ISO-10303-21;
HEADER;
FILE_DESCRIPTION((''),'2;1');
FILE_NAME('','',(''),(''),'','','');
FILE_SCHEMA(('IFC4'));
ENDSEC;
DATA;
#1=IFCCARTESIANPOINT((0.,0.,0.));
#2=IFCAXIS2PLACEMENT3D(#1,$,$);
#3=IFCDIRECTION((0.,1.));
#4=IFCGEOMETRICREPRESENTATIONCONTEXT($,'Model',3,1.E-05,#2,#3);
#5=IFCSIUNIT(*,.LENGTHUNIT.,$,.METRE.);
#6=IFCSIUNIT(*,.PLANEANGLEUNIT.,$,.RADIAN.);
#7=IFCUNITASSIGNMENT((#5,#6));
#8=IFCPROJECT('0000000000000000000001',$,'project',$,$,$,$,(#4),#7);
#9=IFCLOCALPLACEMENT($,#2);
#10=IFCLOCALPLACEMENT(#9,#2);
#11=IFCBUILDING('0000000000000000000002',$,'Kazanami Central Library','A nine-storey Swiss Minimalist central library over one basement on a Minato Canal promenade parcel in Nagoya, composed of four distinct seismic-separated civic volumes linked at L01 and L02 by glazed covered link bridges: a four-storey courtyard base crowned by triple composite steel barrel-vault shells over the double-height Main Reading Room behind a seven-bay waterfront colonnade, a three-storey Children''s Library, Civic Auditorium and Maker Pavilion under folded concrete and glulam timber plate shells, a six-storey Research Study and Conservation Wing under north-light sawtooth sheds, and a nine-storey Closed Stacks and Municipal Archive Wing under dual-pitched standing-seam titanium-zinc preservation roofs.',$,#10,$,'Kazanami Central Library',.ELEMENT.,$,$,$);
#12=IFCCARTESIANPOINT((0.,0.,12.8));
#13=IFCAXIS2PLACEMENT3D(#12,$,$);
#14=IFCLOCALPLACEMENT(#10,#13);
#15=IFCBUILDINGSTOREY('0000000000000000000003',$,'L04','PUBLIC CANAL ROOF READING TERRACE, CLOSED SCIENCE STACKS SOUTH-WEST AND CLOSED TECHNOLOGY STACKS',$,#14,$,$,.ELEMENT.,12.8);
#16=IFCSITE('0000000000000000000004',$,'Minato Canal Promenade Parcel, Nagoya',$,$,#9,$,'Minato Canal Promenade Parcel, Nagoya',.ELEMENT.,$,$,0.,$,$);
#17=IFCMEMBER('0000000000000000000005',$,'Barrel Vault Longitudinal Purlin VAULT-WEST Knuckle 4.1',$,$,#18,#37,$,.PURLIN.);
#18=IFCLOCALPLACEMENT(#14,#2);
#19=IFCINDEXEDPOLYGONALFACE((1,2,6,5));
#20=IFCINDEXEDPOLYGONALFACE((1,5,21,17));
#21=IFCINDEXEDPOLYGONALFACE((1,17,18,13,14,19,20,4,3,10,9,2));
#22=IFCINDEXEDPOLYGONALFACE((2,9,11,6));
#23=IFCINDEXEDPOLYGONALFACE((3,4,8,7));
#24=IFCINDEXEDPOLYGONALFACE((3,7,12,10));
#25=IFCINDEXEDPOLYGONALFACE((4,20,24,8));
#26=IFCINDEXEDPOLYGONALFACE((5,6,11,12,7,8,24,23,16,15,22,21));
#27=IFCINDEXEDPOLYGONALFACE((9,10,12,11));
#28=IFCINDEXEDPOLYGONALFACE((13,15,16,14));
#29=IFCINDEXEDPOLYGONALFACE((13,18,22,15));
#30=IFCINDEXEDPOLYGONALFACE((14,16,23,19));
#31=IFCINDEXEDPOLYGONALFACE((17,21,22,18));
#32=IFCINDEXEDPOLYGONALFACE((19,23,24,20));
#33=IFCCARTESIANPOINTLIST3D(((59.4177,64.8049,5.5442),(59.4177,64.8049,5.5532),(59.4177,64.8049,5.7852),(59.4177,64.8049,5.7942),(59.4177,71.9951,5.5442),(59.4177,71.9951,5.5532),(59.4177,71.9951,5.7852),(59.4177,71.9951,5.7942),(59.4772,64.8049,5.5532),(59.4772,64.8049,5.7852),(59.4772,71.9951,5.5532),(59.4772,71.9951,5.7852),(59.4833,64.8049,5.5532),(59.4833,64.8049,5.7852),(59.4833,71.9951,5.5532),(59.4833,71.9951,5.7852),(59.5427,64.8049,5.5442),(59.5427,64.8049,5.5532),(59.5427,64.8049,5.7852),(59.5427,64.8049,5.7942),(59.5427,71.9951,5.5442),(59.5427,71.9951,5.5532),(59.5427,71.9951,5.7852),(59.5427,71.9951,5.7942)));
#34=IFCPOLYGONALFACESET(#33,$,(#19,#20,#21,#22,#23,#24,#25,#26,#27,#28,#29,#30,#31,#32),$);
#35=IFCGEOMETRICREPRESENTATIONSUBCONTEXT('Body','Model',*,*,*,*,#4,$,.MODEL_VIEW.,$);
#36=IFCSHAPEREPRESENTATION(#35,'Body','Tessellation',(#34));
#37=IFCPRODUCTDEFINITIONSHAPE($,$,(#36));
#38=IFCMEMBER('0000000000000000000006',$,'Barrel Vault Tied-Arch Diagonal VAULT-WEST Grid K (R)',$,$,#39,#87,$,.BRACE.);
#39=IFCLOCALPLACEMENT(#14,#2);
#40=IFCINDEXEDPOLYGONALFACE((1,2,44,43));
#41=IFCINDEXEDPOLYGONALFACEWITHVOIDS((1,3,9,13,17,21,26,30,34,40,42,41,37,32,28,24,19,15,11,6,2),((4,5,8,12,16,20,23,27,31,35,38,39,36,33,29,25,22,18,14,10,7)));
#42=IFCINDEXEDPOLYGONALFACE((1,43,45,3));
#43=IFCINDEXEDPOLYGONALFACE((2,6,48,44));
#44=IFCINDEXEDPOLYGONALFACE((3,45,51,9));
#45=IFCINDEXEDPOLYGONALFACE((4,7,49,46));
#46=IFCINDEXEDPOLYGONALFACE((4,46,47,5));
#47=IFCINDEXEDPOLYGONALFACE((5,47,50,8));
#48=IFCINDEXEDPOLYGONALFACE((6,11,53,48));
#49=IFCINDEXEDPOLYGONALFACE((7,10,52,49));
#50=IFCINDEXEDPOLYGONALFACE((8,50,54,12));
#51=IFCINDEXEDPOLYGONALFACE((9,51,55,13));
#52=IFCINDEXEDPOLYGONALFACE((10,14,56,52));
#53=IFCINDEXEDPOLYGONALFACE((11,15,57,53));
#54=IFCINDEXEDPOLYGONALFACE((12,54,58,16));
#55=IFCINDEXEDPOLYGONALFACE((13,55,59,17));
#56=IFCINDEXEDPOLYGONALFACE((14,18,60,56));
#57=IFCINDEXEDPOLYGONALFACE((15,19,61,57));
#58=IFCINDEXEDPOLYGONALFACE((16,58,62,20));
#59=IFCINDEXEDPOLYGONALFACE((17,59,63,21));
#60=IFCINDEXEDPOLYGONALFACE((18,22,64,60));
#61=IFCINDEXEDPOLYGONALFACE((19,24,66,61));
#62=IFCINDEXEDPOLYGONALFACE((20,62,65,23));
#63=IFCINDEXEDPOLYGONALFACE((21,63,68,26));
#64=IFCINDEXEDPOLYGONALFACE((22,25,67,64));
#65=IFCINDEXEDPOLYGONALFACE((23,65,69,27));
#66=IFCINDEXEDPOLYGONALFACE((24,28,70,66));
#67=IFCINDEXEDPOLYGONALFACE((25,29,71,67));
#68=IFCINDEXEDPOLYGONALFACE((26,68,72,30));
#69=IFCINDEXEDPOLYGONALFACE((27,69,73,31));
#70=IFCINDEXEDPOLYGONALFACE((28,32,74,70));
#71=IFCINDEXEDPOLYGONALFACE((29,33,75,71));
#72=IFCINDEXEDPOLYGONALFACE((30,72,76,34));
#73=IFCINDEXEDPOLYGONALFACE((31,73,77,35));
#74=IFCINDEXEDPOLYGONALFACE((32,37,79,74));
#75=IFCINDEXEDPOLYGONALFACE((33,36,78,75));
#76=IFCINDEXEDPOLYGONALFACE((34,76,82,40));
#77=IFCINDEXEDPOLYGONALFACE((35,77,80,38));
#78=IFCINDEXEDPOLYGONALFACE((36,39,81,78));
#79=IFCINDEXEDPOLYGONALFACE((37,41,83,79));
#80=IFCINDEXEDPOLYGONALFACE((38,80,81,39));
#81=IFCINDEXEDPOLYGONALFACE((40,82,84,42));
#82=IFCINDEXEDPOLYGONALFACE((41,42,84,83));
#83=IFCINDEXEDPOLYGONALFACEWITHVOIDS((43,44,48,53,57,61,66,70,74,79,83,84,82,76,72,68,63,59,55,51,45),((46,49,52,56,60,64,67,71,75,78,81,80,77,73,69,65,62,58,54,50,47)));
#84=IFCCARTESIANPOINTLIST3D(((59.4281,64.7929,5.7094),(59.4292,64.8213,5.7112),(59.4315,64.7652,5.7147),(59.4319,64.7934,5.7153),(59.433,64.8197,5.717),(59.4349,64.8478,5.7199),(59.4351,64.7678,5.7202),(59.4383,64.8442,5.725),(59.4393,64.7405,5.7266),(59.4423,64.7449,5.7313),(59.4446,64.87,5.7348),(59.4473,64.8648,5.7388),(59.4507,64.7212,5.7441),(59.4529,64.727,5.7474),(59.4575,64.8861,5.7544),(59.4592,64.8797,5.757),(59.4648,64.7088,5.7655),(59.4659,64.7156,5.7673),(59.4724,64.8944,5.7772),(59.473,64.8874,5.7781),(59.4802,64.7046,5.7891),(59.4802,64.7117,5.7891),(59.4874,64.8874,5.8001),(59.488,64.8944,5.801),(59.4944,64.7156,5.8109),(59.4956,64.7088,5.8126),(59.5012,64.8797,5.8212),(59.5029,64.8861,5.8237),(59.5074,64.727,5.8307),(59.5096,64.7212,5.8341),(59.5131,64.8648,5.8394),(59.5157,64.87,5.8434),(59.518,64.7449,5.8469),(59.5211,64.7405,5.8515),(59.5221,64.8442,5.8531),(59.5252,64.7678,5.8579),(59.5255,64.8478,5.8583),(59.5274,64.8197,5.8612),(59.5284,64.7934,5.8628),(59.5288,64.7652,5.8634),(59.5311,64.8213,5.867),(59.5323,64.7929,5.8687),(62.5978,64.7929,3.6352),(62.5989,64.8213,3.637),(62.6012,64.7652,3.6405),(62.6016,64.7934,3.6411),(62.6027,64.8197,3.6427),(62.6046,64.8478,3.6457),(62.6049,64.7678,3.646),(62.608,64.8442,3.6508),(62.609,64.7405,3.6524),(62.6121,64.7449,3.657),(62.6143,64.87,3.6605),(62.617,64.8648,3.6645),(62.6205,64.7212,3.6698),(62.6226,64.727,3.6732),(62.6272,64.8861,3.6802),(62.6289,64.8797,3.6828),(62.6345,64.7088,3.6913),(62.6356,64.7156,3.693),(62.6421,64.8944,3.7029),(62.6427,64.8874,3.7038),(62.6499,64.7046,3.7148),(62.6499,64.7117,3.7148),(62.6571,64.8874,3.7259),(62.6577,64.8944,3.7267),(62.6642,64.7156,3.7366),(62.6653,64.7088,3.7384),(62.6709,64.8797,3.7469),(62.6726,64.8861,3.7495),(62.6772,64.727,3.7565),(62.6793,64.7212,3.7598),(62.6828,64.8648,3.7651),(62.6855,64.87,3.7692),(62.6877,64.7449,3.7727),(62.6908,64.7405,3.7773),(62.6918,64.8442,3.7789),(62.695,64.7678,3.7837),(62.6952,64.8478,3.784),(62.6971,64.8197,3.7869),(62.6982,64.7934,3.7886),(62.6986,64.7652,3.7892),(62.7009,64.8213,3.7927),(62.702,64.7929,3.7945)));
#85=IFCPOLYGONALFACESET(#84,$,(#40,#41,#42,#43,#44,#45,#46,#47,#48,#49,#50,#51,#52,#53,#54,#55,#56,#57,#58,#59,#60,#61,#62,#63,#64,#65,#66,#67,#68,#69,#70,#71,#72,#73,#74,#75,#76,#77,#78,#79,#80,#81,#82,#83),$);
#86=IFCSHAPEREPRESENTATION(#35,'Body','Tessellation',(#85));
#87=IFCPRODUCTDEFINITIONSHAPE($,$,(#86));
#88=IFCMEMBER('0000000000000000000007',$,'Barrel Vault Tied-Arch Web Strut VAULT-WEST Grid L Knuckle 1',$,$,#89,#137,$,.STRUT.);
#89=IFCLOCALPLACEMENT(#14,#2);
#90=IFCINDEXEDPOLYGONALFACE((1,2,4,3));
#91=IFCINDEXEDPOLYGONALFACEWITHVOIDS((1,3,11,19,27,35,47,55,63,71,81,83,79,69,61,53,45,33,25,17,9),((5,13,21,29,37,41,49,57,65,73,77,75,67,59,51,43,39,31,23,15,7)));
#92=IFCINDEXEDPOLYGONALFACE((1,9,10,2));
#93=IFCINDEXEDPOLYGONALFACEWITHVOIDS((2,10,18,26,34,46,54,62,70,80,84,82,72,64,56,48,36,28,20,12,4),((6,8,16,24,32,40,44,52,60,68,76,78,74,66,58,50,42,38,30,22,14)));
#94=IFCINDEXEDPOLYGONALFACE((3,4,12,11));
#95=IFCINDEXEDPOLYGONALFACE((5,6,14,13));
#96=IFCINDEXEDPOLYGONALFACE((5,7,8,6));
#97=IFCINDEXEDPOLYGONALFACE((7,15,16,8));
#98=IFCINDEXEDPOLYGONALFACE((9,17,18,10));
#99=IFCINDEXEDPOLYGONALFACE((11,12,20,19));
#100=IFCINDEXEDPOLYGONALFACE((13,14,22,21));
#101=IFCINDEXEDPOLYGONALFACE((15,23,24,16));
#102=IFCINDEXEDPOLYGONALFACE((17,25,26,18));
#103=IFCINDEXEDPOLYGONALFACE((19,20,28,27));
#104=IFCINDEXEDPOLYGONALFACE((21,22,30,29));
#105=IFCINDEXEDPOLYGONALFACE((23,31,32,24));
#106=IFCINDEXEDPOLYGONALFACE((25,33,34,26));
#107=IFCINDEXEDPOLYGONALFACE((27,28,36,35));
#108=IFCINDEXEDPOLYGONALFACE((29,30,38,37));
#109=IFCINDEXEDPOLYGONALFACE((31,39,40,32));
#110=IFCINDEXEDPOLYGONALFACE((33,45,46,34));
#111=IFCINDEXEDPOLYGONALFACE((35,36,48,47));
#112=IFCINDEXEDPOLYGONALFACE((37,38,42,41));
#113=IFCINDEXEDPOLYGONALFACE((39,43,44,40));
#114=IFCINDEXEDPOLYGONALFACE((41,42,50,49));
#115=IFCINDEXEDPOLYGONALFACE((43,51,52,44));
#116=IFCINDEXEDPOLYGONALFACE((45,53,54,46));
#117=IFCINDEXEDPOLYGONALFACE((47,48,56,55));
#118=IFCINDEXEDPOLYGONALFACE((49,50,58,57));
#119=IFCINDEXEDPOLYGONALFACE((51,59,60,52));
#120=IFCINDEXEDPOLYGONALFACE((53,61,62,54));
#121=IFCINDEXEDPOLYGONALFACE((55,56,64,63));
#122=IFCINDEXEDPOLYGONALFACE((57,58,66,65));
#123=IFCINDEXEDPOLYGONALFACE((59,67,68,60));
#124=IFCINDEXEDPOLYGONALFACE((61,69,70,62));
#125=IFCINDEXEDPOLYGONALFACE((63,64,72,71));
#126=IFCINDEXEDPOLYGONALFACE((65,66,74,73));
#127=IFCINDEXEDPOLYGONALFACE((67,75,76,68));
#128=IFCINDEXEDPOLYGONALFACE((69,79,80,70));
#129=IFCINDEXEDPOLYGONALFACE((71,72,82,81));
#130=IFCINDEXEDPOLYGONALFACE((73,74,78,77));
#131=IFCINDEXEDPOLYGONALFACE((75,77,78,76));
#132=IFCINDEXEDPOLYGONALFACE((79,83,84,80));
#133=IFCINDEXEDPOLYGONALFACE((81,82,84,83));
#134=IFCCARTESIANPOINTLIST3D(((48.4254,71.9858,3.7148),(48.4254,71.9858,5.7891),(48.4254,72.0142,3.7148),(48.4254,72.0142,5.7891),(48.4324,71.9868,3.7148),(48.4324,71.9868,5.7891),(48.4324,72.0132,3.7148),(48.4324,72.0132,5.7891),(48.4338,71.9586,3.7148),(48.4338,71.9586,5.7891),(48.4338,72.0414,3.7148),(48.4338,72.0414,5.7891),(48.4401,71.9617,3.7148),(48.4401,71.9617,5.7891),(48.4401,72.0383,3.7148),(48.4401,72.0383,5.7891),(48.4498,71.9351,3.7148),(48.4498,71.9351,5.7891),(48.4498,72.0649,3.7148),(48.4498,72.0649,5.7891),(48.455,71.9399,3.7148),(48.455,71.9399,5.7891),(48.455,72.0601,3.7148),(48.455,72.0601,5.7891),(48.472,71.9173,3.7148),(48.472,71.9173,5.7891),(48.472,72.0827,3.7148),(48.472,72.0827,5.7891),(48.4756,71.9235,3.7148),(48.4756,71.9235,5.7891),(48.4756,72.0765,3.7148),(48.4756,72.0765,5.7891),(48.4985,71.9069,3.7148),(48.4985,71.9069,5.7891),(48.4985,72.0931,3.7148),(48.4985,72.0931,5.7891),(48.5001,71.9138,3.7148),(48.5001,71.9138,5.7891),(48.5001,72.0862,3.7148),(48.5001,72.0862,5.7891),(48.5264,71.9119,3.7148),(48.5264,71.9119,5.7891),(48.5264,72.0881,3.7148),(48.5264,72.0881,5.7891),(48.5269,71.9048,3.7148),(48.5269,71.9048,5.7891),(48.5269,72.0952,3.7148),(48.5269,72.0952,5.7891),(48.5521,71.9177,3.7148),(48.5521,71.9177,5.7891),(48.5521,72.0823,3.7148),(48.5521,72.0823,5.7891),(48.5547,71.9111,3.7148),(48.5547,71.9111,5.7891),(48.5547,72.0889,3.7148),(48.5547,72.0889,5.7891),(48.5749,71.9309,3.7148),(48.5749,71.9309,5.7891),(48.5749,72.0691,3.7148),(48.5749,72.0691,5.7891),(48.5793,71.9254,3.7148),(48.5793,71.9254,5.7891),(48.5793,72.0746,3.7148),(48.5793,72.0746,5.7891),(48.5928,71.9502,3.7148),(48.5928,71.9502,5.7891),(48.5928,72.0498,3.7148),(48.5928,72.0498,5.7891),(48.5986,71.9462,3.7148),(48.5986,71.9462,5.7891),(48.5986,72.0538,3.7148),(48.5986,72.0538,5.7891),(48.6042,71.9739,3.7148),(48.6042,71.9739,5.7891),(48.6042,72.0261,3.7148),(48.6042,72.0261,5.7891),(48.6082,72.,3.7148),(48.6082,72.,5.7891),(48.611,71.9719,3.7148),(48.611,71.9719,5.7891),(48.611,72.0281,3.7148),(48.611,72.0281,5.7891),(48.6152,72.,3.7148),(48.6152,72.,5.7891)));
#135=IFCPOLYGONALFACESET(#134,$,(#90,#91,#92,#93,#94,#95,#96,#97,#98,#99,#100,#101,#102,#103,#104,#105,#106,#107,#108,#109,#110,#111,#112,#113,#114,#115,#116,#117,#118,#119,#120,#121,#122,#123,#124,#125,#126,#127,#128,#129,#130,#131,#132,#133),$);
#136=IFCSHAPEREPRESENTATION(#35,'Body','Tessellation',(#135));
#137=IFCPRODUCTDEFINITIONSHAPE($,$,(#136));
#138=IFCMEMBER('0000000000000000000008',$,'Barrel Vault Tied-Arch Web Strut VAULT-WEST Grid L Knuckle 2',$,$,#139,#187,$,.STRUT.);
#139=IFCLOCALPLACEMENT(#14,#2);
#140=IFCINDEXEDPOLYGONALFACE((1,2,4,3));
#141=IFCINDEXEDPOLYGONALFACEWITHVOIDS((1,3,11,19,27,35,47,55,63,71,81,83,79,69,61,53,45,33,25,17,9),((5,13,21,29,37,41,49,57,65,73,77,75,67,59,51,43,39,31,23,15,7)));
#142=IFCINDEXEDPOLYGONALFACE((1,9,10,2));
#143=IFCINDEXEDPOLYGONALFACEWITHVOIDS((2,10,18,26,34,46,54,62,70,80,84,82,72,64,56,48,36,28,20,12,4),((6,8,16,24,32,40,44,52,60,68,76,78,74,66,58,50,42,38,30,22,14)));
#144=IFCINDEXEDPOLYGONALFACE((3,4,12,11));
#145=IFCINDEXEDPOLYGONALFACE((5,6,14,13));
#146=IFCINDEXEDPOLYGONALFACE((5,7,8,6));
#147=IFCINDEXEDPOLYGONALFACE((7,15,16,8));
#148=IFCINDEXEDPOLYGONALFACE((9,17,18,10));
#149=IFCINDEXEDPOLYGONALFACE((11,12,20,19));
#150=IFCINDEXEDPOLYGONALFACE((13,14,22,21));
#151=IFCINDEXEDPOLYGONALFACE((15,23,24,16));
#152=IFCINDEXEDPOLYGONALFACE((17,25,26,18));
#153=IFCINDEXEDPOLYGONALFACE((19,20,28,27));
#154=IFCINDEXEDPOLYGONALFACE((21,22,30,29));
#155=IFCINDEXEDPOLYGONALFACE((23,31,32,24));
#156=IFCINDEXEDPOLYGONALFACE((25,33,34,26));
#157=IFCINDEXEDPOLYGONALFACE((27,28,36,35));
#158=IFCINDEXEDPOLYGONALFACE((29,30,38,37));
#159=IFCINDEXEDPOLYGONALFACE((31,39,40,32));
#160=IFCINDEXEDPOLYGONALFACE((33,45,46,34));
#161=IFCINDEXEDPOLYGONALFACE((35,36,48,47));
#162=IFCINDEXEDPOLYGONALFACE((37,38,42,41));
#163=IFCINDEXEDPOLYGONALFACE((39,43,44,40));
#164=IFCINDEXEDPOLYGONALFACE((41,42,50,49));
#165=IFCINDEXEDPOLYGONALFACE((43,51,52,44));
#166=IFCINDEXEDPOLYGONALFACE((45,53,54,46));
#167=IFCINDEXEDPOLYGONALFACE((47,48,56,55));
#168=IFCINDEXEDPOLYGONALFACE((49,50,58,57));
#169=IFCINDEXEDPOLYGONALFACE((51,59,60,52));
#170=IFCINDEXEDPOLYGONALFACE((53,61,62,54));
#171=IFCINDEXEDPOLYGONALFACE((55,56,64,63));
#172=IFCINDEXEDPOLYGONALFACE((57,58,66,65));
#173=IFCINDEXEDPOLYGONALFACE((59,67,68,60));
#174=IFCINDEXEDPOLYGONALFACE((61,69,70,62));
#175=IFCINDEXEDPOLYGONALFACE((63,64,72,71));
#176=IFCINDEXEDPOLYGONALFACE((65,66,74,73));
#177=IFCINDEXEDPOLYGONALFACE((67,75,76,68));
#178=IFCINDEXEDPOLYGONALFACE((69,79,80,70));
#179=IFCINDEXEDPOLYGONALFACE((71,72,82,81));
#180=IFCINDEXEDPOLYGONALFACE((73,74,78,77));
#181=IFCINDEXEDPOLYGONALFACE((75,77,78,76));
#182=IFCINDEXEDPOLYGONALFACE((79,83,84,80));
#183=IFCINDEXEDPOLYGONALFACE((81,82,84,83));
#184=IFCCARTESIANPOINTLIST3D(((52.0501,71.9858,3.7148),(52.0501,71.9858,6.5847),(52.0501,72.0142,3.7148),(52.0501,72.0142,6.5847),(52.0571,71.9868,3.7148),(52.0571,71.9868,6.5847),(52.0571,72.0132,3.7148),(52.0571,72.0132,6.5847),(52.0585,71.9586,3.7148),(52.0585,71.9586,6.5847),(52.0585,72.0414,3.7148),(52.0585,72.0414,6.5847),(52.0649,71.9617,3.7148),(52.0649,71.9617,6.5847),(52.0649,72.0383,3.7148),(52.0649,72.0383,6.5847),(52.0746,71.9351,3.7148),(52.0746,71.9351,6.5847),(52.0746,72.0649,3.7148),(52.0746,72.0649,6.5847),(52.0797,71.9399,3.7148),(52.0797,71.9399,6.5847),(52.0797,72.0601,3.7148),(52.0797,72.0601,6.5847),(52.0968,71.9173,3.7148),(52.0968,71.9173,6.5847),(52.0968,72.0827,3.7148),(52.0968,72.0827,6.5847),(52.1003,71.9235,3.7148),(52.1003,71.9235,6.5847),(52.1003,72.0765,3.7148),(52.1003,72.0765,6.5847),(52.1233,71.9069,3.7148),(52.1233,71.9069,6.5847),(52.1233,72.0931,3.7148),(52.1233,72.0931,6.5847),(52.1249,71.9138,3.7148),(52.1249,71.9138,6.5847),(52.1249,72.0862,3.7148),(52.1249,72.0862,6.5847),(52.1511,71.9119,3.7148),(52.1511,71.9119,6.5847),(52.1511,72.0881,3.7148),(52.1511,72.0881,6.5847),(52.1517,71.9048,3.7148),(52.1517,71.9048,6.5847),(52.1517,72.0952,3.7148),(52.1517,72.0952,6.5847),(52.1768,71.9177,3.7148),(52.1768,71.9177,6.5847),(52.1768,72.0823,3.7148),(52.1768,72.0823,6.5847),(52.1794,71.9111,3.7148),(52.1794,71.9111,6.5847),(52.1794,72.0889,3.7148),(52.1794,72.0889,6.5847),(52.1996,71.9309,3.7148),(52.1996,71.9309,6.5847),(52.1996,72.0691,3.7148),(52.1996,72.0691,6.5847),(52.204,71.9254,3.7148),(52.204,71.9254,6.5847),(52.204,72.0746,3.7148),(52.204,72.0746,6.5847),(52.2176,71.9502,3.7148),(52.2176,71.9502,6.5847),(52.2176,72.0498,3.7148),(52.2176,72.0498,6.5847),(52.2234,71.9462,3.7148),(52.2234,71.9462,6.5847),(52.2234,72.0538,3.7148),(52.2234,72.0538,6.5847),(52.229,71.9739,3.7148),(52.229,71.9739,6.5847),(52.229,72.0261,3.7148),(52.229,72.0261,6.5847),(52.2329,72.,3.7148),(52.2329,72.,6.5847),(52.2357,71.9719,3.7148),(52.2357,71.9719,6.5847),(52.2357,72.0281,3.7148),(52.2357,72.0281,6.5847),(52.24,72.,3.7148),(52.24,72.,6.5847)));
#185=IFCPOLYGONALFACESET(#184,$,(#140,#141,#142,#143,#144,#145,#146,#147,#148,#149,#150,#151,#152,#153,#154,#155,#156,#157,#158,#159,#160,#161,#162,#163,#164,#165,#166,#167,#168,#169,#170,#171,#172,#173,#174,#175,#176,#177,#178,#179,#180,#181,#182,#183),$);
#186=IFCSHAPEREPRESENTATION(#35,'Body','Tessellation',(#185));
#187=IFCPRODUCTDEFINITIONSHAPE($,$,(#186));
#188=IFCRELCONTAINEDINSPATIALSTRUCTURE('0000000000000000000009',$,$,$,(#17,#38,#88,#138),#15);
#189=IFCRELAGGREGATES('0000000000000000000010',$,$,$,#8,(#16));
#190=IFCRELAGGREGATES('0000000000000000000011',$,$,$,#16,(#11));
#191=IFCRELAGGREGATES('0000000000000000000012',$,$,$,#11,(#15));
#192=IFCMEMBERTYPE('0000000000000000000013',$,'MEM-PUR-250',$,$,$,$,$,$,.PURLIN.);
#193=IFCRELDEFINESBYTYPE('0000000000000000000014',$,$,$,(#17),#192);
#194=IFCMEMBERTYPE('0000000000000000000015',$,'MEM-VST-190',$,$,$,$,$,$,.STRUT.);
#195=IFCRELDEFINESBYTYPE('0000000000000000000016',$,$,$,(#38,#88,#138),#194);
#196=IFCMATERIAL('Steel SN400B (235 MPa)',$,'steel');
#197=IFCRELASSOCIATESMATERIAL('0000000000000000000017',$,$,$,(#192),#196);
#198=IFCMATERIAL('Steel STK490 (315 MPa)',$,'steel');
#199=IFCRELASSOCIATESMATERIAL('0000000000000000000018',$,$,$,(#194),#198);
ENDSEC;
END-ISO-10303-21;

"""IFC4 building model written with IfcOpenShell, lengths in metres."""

from ifc_helpers import new_model, si_unit, direction, frame, origin, origin_2d, place, context, subcontext, project, spatial, hollow_circle, i_section, extrude, material, material_profile, profile_set, type_object, element, save


model = new_model("IFC4")

# Units and contexts
model_context = context("Model", 3, precision=1e-05, world=origin(), true_north=direction((0.0, 1.0)))
body_context = subcontext(model_context, "Body", "Model", "MODEL_VIEW")
ifc_project = project(units=[si_unit("LENGTHUNIT", "METRE"), si_unit("PLANEANGLEUNIT", "RADIAN")], contexts=[model_context])

# Site, building, storey
site_placement = place(None, origin())
site = spatial("IfcSite", under=ifc_project, at=site_placement, Name="Minato Canal Promenade Parcel, Nagoya", LongName="Minato Canal Promenade Parcel, Nagoya", CompositionType="ELEMENT", RefElevation=0.0)
building_placement = place(site_placement, origin())
building = spatial("IfcBuilding", under=site, at=building_placement, Name="Kazanami Central Library", Description="A nine-storey Swiss Minimalist central library over one basement on a Minato Canal promenade parcel in Nagoya, composed of four distinct seismic-separated civic volumes linked at L01 and L02 by glazed covered link bridges: a four-storey courtyard base crowned by triple composite steel barrel-vault shells over the double-height Main Reading Room behind a seven-bay waterfront colonnade, a three-storey Children's Library, Civic Auditorium and Maker Pavilion under folded concrete and glulam timber plate shells, a six-storey Research Study and Conservation Wing under north-light sawtooth sheds, and a nine-storey Closed Stacks and Municipal Archive Wing under dual-pitched standing-seam titanium-zinc preservation roofs.", LongName="Kazanami Central Library", CompositionType="ELEMENT")
storey_placement = place(building_placement, frame((0.0, 0.0, 12.8)))
storey = spatial("IfcBuildingStorey", under=building, at=storey_placement, Name="L04", Description="PUBLIC CANAL ROOF READING TERRACE, CLOSED SCIENCE STACKS SOUTH-WEST AND CLOSED TECHNOLOGY STACKS", CompositionType="ELEMENT", Elevation=12.8)

# Members
ifc_material_1 = material(Name="Steel SN400B (235 MPa)", Category="steel")
ifc_material_profile_1 = material_profile(ifc_material_1, i_section(OverallWidth=0.125, OverallDepth=0.25, WebThickness=0.0061, FlangeThickness=0.009, at=origin_2d()), Name="H-250x125x6x9")
ifc_profile_set_1 = profile_set([ifc_material_profile_1], Name="Steel SN400B (235 MPa)")
member_type_1 = type_object("IfcMemberType", Name="MEM-PUR-250", PredefinedType="PURLIN", material=ifc_profile_set_1)
for number, where, z_axis, x_axis, name in (
    (1, (59.4802, 64.8049, 5.6692), (0.0, 1.0, 0.0), (-1.0, 0.0, 0.0), "Barrel Vault Longitudinal Purlin VAULT-WEST Knuckle 4.1"),
):
    element("IfcMember", number, at=place(storey_placement, frame(where, z_axis=z_axis, x_axis=x_axis)), inside=storey, type_object=member_type_1, Name=name, PredefinedType="PURLIN", context=body_context, shape_type="SweptSolid", body=[
        extrude(i_section(OverallWidth=0.125, OverallDepth=0.25, WebThickness=0.0061, FlangeThickness=0.009, at=origin_2d()), origin(), (0.0, 0.0, 1.0), 7.1902),
    ])
ifc_material_2 = material(Name="Steel STK490 (315 MPa)", Category="steel")
ifc_material_profile_2 = material_profile(ifc_material_2, hollow_circle(Radius=0.0955, WallThickness=0.0071, at=origin_2d()), Name="CHS-190.7x7.0")
ifc_profile_set_2 = profile_set([ifc_material_profile_2], Name="Steel STK490 (315 MPa)")
member_type_2 = type_object("IfcMemberType", Name="MEM-VST-190", PredefinedType="STRUT", material=ifc_profile_set_2)
member_1_placement = place(storey_placement, frame((62.6499, 64.8, 3.7148), z_axis=(-0.83676, 0.0, 0.547571), x_axis=(0.0, -1.0, 0.0)))
element("IfcMember", 2, at=member_1_placement, inside=storey, type_object=member_type_2, Name="Barrel Vault Tied-Arch Diagonal VAULT-WEST Grid K (R)", PredefinedType="BRACE", context=body_context, shape_type="SweptSolid", body=[
    extrude(hollow_circle(Radius=0.0955, WallThickness=0.0071, at=origin_2d()), origin(), (0.0, 0.0, 1.0), 3.7881),
])
member_2_placement = place(storey_placement, frame((48.5198, 72.0, 3.7148), z_axis=(0.0, 0.0, 1.0), x_axis=(1.0, 0.0, 0.0)))
element("IfcMember", 3, at=member_2_placement, inside=storey, type_object=member_type_2, Name="Barrel Vault Tied-Arch Web Strut VAULT-WEST Grid L Knuckle 1", PredefinedType="STRUT", context=body_context, shape_type="SweptSolid", body=[
    extrude(hollow_circle(Radius=0.0955, WallThickness=0.0071, at=origin_2d()), origin(), (0.0, 0.0, 1.0), 2.0742),
])
for number, where, z_axis, x_axis, name in (
    (4, (52.1445, 72.0, 3.7148), (0.0, 0.0, 1.0), (1.0, 0.0, 0.0), "Barrel Vault Tied-Arch Web Strut VAULT-WEST Grid L Knuckle 2"),
):
    element("IfcMember", number, at=place(storey_placement, frame(where, z_axis=z_axis, x_axis=x_axis)), inside=storey, type_object=member_type_2, Name=name, PredefinedType="STRUT", context=body_context, shape_type="SweptSolid", body=[
        extrude(hollow_circle(Radius=0.0955, WallThickness=0.0071, at=origin_2d()), origin(), (0.0, 0.0, 1.0), 2.8699),
    ])

save(model, "model.ifc")
